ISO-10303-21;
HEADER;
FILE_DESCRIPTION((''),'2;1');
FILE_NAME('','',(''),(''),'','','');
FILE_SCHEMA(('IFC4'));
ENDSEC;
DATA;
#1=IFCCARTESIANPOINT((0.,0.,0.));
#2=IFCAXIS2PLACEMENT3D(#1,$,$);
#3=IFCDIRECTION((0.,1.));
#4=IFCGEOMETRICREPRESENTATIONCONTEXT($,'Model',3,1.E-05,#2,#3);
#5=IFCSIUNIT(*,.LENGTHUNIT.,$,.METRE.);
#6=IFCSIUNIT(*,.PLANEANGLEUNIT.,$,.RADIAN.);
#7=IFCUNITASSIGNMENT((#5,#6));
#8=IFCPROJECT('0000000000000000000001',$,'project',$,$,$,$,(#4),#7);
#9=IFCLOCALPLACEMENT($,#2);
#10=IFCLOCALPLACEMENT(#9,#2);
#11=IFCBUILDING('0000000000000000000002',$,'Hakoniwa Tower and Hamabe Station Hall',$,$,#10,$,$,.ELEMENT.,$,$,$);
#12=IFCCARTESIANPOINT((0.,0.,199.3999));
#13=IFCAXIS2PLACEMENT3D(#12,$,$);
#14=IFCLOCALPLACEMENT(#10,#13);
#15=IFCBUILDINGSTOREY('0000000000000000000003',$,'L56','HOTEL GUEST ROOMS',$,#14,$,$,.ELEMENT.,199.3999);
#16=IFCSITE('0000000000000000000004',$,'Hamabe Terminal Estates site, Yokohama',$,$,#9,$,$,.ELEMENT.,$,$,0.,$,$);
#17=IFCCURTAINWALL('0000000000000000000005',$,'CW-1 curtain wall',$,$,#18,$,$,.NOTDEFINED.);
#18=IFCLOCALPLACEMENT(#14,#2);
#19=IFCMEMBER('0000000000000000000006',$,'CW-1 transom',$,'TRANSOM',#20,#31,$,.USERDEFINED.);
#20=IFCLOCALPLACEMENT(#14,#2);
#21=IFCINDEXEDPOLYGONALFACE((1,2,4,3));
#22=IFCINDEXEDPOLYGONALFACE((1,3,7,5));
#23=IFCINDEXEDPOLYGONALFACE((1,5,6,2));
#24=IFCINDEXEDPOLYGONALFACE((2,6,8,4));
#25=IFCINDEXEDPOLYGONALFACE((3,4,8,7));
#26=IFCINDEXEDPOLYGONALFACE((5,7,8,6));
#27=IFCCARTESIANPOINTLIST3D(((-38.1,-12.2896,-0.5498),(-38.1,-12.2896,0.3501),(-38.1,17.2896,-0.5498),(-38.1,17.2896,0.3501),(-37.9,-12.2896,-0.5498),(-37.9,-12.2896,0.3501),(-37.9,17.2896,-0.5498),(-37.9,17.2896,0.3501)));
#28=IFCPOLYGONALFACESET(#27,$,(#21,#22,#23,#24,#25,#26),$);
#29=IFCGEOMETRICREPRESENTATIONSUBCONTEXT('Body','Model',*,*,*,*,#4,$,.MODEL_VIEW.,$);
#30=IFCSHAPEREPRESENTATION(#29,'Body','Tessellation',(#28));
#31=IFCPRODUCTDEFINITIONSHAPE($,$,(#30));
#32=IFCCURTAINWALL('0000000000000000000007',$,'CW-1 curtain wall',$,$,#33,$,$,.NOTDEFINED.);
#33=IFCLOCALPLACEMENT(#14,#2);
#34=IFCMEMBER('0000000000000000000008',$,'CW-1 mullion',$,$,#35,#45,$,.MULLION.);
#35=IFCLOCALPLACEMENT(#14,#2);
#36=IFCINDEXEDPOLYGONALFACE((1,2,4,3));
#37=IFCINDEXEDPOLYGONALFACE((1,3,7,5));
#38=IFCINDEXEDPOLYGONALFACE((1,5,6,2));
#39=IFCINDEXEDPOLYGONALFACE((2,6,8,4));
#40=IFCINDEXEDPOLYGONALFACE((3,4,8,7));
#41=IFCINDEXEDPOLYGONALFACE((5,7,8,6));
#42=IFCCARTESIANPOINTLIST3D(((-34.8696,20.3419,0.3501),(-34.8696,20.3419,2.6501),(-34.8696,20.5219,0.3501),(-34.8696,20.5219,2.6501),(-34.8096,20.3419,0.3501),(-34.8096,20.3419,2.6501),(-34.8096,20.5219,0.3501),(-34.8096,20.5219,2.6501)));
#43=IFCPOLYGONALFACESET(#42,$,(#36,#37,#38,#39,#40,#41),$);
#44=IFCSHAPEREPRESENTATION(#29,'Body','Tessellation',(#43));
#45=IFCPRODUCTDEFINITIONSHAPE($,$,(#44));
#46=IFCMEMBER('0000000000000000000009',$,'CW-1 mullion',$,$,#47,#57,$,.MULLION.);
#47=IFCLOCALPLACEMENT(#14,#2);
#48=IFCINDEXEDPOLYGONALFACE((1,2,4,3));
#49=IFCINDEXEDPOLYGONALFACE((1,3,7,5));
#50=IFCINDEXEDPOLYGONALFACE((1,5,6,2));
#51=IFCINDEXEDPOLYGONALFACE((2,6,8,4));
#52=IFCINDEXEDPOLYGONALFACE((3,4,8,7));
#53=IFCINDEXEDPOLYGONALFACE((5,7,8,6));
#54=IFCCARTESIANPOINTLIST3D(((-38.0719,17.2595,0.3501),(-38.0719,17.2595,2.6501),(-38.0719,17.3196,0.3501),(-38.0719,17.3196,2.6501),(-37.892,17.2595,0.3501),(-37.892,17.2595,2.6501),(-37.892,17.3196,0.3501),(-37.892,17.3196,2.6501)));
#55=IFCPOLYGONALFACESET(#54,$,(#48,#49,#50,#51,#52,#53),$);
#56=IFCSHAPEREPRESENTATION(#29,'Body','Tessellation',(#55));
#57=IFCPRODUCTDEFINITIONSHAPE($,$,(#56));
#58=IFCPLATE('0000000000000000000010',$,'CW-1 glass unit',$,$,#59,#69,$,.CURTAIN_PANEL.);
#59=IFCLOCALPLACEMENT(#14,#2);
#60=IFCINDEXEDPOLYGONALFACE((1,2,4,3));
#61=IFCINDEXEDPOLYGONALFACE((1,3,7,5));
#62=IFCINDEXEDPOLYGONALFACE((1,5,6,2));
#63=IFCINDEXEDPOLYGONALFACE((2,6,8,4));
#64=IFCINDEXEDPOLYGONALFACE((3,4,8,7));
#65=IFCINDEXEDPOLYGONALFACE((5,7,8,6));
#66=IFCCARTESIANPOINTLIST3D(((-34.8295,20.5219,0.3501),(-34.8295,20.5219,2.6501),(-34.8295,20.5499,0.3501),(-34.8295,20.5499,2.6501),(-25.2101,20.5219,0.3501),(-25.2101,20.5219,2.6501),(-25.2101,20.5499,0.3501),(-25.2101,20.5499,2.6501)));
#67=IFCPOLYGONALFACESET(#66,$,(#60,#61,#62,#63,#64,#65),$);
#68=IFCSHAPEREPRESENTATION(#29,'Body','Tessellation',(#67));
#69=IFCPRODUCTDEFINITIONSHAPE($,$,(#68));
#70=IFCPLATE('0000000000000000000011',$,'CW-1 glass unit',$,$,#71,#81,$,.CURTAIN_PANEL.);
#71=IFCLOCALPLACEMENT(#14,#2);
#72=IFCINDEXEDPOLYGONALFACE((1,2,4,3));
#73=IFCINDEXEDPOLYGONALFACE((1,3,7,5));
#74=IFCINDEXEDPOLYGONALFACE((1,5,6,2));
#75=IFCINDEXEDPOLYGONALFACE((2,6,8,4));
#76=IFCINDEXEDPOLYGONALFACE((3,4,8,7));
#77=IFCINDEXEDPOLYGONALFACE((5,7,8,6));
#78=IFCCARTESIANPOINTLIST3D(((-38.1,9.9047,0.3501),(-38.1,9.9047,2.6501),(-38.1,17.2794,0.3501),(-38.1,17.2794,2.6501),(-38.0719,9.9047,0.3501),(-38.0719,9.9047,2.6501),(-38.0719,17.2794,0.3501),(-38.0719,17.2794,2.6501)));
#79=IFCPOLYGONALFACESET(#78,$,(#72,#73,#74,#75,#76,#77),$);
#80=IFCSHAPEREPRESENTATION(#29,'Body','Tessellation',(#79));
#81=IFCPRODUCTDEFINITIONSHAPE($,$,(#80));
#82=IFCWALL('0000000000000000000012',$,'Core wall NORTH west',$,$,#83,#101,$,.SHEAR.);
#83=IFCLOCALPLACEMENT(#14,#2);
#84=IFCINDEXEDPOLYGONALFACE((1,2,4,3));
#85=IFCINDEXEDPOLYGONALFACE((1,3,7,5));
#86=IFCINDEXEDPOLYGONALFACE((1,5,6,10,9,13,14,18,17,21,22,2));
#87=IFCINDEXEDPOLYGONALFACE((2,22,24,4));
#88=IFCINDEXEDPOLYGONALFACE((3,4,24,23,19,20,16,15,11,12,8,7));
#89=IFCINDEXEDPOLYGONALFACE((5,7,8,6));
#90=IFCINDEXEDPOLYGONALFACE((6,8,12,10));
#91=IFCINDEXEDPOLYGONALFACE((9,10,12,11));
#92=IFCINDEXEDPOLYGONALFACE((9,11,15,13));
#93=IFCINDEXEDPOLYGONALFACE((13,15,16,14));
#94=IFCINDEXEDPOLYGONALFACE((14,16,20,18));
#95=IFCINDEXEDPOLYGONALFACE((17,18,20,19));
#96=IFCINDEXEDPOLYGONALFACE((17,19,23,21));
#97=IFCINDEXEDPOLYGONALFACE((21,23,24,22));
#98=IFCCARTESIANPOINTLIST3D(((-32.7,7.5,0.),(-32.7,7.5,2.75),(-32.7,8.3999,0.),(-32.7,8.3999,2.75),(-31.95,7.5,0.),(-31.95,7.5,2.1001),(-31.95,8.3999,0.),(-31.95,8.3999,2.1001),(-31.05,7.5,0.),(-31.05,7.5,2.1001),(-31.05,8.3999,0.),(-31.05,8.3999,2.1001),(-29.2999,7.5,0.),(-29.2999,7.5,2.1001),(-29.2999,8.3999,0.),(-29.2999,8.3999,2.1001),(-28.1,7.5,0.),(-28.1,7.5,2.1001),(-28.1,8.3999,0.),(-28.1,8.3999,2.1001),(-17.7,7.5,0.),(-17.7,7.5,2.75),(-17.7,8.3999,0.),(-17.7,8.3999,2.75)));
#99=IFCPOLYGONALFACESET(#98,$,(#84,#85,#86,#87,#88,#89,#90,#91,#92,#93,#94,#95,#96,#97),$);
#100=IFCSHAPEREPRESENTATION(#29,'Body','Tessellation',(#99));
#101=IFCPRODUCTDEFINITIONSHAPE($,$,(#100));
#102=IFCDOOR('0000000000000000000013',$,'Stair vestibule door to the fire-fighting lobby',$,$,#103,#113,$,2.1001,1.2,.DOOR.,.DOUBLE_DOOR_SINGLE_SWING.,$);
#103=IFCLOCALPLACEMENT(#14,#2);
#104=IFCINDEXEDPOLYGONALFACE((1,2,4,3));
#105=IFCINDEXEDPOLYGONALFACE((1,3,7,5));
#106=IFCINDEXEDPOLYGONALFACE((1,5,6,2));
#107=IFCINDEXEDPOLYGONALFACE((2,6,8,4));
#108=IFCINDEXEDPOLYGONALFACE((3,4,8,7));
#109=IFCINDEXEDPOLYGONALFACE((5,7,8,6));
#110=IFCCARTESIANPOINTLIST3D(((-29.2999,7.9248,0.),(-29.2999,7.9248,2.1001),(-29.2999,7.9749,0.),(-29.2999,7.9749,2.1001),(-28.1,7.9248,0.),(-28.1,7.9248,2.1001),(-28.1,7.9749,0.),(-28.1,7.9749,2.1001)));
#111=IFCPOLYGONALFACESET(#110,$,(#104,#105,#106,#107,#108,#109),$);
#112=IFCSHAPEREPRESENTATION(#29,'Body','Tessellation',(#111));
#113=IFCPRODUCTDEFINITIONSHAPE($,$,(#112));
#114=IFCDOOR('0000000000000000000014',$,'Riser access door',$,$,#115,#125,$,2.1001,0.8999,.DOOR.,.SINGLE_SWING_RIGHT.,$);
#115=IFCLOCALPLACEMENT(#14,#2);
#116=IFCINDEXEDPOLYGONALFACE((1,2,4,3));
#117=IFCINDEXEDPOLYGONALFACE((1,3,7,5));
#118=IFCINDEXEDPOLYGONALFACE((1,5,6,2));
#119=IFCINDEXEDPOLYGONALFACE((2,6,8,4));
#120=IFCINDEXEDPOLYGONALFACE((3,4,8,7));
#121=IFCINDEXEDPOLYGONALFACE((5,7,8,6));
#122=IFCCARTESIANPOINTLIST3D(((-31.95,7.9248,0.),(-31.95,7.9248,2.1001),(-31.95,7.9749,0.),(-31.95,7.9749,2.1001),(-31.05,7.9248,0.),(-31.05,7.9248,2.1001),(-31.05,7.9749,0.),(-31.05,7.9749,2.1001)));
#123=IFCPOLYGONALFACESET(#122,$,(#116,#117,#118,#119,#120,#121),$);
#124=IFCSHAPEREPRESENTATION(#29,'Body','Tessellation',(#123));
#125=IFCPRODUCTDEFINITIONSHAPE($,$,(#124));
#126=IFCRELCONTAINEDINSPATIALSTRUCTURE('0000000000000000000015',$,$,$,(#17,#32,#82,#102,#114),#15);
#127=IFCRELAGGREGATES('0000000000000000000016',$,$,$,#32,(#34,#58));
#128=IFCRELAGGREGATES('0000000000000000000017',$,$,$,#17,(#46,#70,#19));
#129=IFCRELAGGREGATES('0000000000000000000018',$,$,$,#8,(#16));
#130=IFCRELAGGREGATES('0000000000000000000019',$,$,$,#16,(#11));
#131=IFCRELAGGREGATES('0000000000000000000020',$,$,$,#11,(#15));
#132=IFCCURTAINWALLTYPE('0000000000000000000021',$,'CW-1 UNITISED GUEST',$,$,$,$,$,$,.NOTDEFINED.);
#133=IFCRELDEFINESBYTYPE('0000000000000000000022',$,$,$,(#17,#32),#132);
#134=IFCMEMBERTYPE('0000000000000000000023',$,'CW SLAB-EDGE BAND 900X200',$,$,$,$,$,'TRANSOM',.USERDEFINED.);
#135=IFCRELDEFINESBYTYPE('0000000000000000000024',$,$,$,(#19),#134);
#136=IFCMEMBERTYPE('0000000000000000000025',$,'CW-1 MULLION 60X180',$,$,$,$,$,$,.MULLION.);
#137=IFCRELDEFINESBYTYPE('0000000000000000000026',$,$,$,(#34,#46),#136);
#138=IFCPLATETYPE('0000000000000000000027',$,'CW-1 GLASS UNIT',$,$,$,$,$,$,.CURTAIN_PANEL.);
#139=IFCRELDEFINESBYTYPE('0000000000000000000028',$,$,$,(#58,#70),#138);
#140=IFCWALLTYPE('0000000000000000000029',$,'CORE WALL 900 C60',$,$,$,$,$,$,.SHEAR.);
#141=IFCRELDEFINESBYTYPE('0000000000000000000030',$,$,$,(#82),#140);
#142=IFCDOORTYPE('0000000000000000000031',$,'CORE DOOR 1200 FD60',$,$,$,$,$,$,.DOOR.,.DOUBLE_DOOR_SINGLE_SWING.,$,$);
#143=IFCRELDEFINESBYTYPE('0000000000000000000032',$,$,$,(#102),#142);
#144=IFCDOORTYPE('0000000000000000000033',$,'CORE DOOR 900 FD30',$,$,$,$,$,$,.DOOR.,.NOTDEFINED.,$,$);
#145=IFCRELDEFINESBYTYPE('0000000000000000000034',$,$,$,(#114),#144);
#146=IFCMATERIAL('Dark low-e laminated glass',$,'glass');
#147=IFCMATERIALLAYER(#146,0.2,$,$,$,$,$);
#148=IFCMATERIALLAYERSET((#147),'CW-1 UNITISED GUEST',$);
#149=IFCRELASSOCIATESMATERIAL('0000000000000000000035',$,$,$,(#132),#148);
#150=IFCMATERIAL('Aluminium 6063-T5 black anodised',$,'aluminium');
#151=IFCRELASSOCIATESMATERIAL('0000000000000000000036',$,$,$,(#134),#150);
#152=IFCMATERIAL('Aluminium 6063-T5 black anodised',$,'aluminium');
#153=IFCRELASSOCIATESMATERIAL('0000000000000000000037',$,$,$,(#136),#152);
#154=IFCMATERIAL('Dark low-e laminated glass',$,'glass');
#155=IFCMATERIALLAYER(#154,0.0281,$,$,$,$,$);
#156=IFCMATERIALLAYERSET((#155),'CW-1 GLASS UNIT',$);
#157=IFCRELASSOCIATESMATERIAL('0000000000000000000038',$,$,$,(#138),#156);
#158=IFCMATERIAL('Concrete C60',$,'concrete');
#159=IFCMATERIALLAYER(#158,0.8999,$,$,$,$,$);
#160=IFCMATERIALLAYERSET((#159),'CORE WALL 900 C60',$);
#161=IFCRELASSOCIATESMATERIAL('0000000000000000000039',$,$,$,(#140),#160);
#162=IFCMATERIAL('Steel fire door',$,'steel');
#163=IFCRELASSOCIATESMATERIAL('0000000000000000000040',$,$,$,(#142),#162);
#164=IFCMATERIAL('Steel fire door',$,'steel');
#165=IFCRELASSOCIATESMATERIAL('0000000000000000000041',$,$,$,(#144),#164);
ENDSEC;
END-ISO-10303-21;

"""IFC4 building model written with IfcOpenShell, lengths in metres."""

from ifc_helpers import new_model, si_unit, direction, frame, frame_2d, origin, origin_2d, place, context, subcontext, project, spatial, rectangle, extrude, material, layer, layer_set, material_profile, profile_set, type_object, element, fill, aggregate, save


model = new_model("IFC4")

# Units and contexts
model_context = context("Model", 3, precision=1e-05, world=origin(), true_north=direction((0.0, 1.0)))
body_context = subcontext(model_context, "Body", "Model", "MODEL_VIEW")
ifc_project = project(units=[si_unit("LENGTHUNIT", "METRE"), si_unit("PLANEANGLEUNIT", "RADIAN")], contexts=[model_context])

# Site, building, storey
site_placement = place(None, origin())
site = spatial("IfcSite", under=ifc_project, at=site_placement, Name="Hamabe Terminal Estates site, Yokohama", CompositionType="ELEMENT", RefElevation=0.0)
building_placement = place(site_placement, origin())
building = spatial("IfcBuilding", under=site, at=building_placement, Name="Hakoniwa Tower and Hamabe Station Hall", CompositionType="ELEMENT")
storey_placement = place(building_placement, frame((0.0, 0.0, 199.3999)))
storey = spatial("IfcBuildingStorey", under=building, at=storey_placement, Name="L56", Description="HOTEL GUEST ROOMS", CompositionType="ELEMENT", Elevation=199.3999)

# Curtain walls, members
ifc_material_1 = material(Name="Dark low-e laminated glass", Category="glass")
ifc_layer_1 = layer(ifc_material_1, 0.2)
ifc_layer_set_1 = layer_set([ifc_layer_1], Name="CW-1 UNITISED GUEST")
curtain_wall_type = type_object("IfcCurtainWallType", Name="CW-1 UNITISED GUEST", PredefinedType="NOTDEFINED", material=ifc_layer_set_1)
curtain_wall_1_placement = place(storey_placement, origin())
curtain_wall_1 = element("IfcCurtainWall", 1, at=curtain_wall_1_placement, inside=storey, type_object=curtain_wall_type, Name="CW-1 curtain wall", PredefinedType="NOTDEFINED")
ifc_material_2 = material(Name="Aluminium 6063-T5 black anodised", Category="aluminium")
ifc_material_profile_1 = material_profile(ifc_material_2, rectangle(XDim=0.2, YDim=0.8999, at=origin_2d()), Name="CW SLAB-EDGE BAND 900X200")
ifc_profile_set_1 = profile_set([ifc_material_profile_1], Name="Aluminium 6063-T5 black anodised")
member_type_1 = type_object("IfcMemberType", Name="CW SLAB-EDGE BAND 900X200", ElementType="TRANSOM", PredefinedType="USERDEFINED", material=ifc_profile_set_1)
member_1_placement = place(storey_placement, frame((-38.0, 17.2896, -0.0999), z_axis=(0.0, -1.0, 0.0), x_axis=(1.0, 0.0, 0.0)))
member_1 = element("IfcMember", 2, at=member_1_placement, type_object=member_type_1, Name="CW-1 transom", ObjectType="TRANSOM", PredefinedType="USERDEFINED", context=body_context, shape_type="SweptSolid", body=[
    extrude(rectangle(XDim=0.2, YDim=0.8999, at=origin_2d()), origin(), (0.0, 0.0, 1.0), 29.5791),
])
curtain_wall_2_placement = place(storey_placement, origin())
curtain_wall_2 = element("IfcCurtainWall", 3, at=curtain_wall_2_placement, inside=storey, type_object=curtain_wall_type, Name="CW-1 curtain wall", PredefinedType="NOTDEFINED")
ifc_material_3 = material(Name="Aluminium 6063-T5 black anodised", Category="aluminium")
ifc_material_profile_2 = material_profile(ifc_material_3, rectangle(XDim=0.0601, YDim=0.1799, at=origin_2d()), Name="CW-1 MULLION 60X180")
ifc_profile_set_2 = profile_set([ifc_material_profile_2], Name="Aluminium 6063-T5 black anodised")
member_type_2 = type_object("IfcMemberType", Name="CW-1 MULLION 60X180", PredefinedType="MULLION", material=ifc_profile_set_2)
member_2_placement = place(storey_placement, frame((-34.8396, 20.4319, 0.3501), z_axis=(0.0, 0.0, 1.0), x_axis=(-1.0, 0.0, 0.0)))
member_2 = element("IfcMember", 4, at=member_2_placement, type_object=member_type_2, Name="CW-1 mullion", PredefinedType="MULLION", context=body_context, shape_type="SweptSolid", body=[
    extrude(rectangle(XDim=0.0601, YDim=0.1799, at=origin_2d()), origin(), (0.0, 0.0, 1.0), 2.3),
])

# Member
member_3_placement = place(storey_placement, frame((-37.9819, 17.2896, 0.3501), z_axis=(0.0, 0.0, 1.0), x_axis=(0.0, -1.0, 0.0)))
member_3 = element("IfcMember", 5, at=member_3_placement, type_object=member_type_2, Name="CW-1 mullion", PredefinedType="MULLION", context=body_context, shape_type="SweptSolid", body=[
    extrude(rectangle(XDim=0.0601, YDim=0.1799, at=origin_2d()), origin(), (0.0, 0.0, 1.0), 2.3),
])

# Plates
ifc_material_4 = material(Name="Dark low-e laminated glass", Category="glass")
ifc_layer_2 = layer(ifc_material_4, 0.0281)
ifc_layer_set_2 = layer_set([ifc_layer_2], Name="CW-1 GLASS UNIT")
plate_type = type_object("IfcPlateType", Name="CW-1 GLASS UNIT", PredefinedType="CURTAIN_PANEL", material=ifc_layer_set_2)
plate_1_placement = place(storey_placement, frame((-30.0198, 20.5359, 0.3501), z_axis=(0.0, 0.0, 1.0), x_axis=(-1.0, 0.0, 0.0)))
plate_1 = element("IfcPlate", 6, at=plate_1_placement, type_object=plate_type, Name="CW-1 glass unit", PredefinedType="CURTAIN_PANEL", context=body_context, shape_type="SweptSolid", body=[
    extrude(rectangle(XDim=9.6194, YDim=0.0281, at=origin_2d()), origin(), (0.0, 0.0, 1.0), 2.3),
])
aggregate(curtain_wall_2, [member_2, plate_1])
plate_2_placement = place(storey_placement, frame((-38.0859, 13.592, 0.3501), z_axis=(0.0, 0.0, 1.0), x_axis=(0.0, -1.0, 0.0)))
plate_2 = element("IfcPlate", 7, at=plate_2_placement, type_object=plate_type, Name="CW-1 glass unit", PredefinedType="CURTAIN_PANEL", context=body_context, shape_type="SweptSolid", body=[
    extrude(rectangle(XDim=7.3748, YDim=0.0281, at=origin_2d()), origin(), (0.0, 0.0, 1.0), 2.3),
])
aggregate(curtain_wall_1, [member_3, plate_2, member_1])

# Wall, openings, doors
ifc_material_5 = material(Name="Concrete C60", Category="concrete")
ifc_layer_3 = layer(ifc_material_5, 0.8999)
ifc_layer_set_3 = layer_set([ifc_layer_3], Name="CORE WALL 900 C60")
wall_type_1 = type_object("IfcWallType", Name="CORE WALL 900 C60", PredefinedType="SHEAR", material=ifc_layer_set_3)
wall_1_placement = place(storey_placement, frame((-32.7, 7.95, 0.0), z_axis=(0.0, 0.0, 1.0), x_axis=(1.0, 0.0, 0.0)))
wall_1 = element("IfcWall", 8, at=wall_1_placement, inside=storey, type_object=wall_type_1, Name="Core wall NORTH west", PredefinedType="SHEAR", context=body_context, shape_type="SweptSolid", body=[
    extrude(rectangle(XDim=15.0, YDim=0.8999, at=frame_2d((7.5, 0.0))), origin(), (0.0, 0.0, 1.0), 2.75),
])
opening_1_placement = place(wall_1_placement, frame((3.3999, 0.0, 0.0)))
opening_1 = element("IfcOpeningElement", 9, at=opening_1_placement, cuts=wall_1, PredefinedType="OPENING", context=body_context, shape_type="SweptSolid", body=[
    extrude(rectangle(XDim=1.2, YDim=2.1001, at=frame_2d((0.6001, 1.05))), frame((0.0, 0.46, 0.0), z_axis=(0.0, -1.0, 0.0), x_axis=(1.0, 0.0, 0.0)), (0.0, 0.0, 1.0), 0.9199),
])
opening_2_placement = place(wall_1_placement, frame((0.75, 0.0, 0.0)))
opening_2 = element("IfcOpeningElement", 10, at=opening_2_placement, cuts=wall_1, PredefinedType="OPENING", context=body_context, shape_type="SweptSolid", body=[
    extrude(rectangle(XDim=0.8999, YDim=2.1001, at=frame_2d((0.45, 1.05))), frame((0.0, 0.46, 0.0), z_axis=(0.0, -1.0, 0.0), x_axis=(1.0, 0.0, 0.0)), (0.0, 0.0, 1.0), 0.9199),
])
ifc_material_6 = material(Name="Steel fire door", Category="steel")
door_type_1 = type_object("IfcDoorType", Name="CORE DOOR 1200 FD60", OperationType="DOUBLE_DOOR_SINGLE_SWING", PredefinedType="DOOR", material=ifc_material_6)
door_1_placement = place(opening_1_placement, origin())
door_1 = element("IfcDoor", 11, at=door_1_placement, inside=storey, type_object=door_type_1, Name="Stair vestibule door to the fire-fighting lobby", OperationType="DOUBLE_DOOR_SINGLE_SWING", OverallHeight=2.1001, OverallWidth=1.2, PredefinedType="DOOR", context=body_context, shape_type="SweptSolid", body=[
    extrude(rectangle(XDim=1.2, YDim=2.1001, at=frame_2d((0.6001, 1.05))), frame((0.0, 0.0249, 0.0), z_axis=(0.0, -1.0, 0.0), x_axis=(1.0, 0.0, 0.0)), (0.0, 0.0, 1.0), 0.05),
])
fill(opening_1, door_1)
ifc_material_7 = material(Name="Steel fire door", Category="steel")
door_type_2 = type_object("IfcDoorType", Name="CORE DOOR 900 FD30", OperationType="NOTDEFINED", PredefinedType="DOOR", material=ifc_material_7)
door_2_placement = place(opening_2_placement, origin())
door_2 = element("IfcDoor", 12, at=door_2_placement, inside=storey, type_object=door_type_2, Name="Riser access door", OperationType="SINGLE_SWING_RIGHT", OverallHeight=2.1001, OverallWidth=0.8999, PredefinedType="DOOR", context=body_context, shape_type="SweptSolid", body=[
    extrude(rectangle(XDim=0.8999, YDim=2.1001, at=frame_2d((0.45, 1.05))), frame((0.0, 0.0249, 0.0), z_axis=(0.0, -1.0, 0.0), x_axis=(1.0, 0.0, 0.0)), (0.0, 0.0, 1.0), 0.05),
])
fill(opening_2, door_2)

save(model, "model.ifc")
